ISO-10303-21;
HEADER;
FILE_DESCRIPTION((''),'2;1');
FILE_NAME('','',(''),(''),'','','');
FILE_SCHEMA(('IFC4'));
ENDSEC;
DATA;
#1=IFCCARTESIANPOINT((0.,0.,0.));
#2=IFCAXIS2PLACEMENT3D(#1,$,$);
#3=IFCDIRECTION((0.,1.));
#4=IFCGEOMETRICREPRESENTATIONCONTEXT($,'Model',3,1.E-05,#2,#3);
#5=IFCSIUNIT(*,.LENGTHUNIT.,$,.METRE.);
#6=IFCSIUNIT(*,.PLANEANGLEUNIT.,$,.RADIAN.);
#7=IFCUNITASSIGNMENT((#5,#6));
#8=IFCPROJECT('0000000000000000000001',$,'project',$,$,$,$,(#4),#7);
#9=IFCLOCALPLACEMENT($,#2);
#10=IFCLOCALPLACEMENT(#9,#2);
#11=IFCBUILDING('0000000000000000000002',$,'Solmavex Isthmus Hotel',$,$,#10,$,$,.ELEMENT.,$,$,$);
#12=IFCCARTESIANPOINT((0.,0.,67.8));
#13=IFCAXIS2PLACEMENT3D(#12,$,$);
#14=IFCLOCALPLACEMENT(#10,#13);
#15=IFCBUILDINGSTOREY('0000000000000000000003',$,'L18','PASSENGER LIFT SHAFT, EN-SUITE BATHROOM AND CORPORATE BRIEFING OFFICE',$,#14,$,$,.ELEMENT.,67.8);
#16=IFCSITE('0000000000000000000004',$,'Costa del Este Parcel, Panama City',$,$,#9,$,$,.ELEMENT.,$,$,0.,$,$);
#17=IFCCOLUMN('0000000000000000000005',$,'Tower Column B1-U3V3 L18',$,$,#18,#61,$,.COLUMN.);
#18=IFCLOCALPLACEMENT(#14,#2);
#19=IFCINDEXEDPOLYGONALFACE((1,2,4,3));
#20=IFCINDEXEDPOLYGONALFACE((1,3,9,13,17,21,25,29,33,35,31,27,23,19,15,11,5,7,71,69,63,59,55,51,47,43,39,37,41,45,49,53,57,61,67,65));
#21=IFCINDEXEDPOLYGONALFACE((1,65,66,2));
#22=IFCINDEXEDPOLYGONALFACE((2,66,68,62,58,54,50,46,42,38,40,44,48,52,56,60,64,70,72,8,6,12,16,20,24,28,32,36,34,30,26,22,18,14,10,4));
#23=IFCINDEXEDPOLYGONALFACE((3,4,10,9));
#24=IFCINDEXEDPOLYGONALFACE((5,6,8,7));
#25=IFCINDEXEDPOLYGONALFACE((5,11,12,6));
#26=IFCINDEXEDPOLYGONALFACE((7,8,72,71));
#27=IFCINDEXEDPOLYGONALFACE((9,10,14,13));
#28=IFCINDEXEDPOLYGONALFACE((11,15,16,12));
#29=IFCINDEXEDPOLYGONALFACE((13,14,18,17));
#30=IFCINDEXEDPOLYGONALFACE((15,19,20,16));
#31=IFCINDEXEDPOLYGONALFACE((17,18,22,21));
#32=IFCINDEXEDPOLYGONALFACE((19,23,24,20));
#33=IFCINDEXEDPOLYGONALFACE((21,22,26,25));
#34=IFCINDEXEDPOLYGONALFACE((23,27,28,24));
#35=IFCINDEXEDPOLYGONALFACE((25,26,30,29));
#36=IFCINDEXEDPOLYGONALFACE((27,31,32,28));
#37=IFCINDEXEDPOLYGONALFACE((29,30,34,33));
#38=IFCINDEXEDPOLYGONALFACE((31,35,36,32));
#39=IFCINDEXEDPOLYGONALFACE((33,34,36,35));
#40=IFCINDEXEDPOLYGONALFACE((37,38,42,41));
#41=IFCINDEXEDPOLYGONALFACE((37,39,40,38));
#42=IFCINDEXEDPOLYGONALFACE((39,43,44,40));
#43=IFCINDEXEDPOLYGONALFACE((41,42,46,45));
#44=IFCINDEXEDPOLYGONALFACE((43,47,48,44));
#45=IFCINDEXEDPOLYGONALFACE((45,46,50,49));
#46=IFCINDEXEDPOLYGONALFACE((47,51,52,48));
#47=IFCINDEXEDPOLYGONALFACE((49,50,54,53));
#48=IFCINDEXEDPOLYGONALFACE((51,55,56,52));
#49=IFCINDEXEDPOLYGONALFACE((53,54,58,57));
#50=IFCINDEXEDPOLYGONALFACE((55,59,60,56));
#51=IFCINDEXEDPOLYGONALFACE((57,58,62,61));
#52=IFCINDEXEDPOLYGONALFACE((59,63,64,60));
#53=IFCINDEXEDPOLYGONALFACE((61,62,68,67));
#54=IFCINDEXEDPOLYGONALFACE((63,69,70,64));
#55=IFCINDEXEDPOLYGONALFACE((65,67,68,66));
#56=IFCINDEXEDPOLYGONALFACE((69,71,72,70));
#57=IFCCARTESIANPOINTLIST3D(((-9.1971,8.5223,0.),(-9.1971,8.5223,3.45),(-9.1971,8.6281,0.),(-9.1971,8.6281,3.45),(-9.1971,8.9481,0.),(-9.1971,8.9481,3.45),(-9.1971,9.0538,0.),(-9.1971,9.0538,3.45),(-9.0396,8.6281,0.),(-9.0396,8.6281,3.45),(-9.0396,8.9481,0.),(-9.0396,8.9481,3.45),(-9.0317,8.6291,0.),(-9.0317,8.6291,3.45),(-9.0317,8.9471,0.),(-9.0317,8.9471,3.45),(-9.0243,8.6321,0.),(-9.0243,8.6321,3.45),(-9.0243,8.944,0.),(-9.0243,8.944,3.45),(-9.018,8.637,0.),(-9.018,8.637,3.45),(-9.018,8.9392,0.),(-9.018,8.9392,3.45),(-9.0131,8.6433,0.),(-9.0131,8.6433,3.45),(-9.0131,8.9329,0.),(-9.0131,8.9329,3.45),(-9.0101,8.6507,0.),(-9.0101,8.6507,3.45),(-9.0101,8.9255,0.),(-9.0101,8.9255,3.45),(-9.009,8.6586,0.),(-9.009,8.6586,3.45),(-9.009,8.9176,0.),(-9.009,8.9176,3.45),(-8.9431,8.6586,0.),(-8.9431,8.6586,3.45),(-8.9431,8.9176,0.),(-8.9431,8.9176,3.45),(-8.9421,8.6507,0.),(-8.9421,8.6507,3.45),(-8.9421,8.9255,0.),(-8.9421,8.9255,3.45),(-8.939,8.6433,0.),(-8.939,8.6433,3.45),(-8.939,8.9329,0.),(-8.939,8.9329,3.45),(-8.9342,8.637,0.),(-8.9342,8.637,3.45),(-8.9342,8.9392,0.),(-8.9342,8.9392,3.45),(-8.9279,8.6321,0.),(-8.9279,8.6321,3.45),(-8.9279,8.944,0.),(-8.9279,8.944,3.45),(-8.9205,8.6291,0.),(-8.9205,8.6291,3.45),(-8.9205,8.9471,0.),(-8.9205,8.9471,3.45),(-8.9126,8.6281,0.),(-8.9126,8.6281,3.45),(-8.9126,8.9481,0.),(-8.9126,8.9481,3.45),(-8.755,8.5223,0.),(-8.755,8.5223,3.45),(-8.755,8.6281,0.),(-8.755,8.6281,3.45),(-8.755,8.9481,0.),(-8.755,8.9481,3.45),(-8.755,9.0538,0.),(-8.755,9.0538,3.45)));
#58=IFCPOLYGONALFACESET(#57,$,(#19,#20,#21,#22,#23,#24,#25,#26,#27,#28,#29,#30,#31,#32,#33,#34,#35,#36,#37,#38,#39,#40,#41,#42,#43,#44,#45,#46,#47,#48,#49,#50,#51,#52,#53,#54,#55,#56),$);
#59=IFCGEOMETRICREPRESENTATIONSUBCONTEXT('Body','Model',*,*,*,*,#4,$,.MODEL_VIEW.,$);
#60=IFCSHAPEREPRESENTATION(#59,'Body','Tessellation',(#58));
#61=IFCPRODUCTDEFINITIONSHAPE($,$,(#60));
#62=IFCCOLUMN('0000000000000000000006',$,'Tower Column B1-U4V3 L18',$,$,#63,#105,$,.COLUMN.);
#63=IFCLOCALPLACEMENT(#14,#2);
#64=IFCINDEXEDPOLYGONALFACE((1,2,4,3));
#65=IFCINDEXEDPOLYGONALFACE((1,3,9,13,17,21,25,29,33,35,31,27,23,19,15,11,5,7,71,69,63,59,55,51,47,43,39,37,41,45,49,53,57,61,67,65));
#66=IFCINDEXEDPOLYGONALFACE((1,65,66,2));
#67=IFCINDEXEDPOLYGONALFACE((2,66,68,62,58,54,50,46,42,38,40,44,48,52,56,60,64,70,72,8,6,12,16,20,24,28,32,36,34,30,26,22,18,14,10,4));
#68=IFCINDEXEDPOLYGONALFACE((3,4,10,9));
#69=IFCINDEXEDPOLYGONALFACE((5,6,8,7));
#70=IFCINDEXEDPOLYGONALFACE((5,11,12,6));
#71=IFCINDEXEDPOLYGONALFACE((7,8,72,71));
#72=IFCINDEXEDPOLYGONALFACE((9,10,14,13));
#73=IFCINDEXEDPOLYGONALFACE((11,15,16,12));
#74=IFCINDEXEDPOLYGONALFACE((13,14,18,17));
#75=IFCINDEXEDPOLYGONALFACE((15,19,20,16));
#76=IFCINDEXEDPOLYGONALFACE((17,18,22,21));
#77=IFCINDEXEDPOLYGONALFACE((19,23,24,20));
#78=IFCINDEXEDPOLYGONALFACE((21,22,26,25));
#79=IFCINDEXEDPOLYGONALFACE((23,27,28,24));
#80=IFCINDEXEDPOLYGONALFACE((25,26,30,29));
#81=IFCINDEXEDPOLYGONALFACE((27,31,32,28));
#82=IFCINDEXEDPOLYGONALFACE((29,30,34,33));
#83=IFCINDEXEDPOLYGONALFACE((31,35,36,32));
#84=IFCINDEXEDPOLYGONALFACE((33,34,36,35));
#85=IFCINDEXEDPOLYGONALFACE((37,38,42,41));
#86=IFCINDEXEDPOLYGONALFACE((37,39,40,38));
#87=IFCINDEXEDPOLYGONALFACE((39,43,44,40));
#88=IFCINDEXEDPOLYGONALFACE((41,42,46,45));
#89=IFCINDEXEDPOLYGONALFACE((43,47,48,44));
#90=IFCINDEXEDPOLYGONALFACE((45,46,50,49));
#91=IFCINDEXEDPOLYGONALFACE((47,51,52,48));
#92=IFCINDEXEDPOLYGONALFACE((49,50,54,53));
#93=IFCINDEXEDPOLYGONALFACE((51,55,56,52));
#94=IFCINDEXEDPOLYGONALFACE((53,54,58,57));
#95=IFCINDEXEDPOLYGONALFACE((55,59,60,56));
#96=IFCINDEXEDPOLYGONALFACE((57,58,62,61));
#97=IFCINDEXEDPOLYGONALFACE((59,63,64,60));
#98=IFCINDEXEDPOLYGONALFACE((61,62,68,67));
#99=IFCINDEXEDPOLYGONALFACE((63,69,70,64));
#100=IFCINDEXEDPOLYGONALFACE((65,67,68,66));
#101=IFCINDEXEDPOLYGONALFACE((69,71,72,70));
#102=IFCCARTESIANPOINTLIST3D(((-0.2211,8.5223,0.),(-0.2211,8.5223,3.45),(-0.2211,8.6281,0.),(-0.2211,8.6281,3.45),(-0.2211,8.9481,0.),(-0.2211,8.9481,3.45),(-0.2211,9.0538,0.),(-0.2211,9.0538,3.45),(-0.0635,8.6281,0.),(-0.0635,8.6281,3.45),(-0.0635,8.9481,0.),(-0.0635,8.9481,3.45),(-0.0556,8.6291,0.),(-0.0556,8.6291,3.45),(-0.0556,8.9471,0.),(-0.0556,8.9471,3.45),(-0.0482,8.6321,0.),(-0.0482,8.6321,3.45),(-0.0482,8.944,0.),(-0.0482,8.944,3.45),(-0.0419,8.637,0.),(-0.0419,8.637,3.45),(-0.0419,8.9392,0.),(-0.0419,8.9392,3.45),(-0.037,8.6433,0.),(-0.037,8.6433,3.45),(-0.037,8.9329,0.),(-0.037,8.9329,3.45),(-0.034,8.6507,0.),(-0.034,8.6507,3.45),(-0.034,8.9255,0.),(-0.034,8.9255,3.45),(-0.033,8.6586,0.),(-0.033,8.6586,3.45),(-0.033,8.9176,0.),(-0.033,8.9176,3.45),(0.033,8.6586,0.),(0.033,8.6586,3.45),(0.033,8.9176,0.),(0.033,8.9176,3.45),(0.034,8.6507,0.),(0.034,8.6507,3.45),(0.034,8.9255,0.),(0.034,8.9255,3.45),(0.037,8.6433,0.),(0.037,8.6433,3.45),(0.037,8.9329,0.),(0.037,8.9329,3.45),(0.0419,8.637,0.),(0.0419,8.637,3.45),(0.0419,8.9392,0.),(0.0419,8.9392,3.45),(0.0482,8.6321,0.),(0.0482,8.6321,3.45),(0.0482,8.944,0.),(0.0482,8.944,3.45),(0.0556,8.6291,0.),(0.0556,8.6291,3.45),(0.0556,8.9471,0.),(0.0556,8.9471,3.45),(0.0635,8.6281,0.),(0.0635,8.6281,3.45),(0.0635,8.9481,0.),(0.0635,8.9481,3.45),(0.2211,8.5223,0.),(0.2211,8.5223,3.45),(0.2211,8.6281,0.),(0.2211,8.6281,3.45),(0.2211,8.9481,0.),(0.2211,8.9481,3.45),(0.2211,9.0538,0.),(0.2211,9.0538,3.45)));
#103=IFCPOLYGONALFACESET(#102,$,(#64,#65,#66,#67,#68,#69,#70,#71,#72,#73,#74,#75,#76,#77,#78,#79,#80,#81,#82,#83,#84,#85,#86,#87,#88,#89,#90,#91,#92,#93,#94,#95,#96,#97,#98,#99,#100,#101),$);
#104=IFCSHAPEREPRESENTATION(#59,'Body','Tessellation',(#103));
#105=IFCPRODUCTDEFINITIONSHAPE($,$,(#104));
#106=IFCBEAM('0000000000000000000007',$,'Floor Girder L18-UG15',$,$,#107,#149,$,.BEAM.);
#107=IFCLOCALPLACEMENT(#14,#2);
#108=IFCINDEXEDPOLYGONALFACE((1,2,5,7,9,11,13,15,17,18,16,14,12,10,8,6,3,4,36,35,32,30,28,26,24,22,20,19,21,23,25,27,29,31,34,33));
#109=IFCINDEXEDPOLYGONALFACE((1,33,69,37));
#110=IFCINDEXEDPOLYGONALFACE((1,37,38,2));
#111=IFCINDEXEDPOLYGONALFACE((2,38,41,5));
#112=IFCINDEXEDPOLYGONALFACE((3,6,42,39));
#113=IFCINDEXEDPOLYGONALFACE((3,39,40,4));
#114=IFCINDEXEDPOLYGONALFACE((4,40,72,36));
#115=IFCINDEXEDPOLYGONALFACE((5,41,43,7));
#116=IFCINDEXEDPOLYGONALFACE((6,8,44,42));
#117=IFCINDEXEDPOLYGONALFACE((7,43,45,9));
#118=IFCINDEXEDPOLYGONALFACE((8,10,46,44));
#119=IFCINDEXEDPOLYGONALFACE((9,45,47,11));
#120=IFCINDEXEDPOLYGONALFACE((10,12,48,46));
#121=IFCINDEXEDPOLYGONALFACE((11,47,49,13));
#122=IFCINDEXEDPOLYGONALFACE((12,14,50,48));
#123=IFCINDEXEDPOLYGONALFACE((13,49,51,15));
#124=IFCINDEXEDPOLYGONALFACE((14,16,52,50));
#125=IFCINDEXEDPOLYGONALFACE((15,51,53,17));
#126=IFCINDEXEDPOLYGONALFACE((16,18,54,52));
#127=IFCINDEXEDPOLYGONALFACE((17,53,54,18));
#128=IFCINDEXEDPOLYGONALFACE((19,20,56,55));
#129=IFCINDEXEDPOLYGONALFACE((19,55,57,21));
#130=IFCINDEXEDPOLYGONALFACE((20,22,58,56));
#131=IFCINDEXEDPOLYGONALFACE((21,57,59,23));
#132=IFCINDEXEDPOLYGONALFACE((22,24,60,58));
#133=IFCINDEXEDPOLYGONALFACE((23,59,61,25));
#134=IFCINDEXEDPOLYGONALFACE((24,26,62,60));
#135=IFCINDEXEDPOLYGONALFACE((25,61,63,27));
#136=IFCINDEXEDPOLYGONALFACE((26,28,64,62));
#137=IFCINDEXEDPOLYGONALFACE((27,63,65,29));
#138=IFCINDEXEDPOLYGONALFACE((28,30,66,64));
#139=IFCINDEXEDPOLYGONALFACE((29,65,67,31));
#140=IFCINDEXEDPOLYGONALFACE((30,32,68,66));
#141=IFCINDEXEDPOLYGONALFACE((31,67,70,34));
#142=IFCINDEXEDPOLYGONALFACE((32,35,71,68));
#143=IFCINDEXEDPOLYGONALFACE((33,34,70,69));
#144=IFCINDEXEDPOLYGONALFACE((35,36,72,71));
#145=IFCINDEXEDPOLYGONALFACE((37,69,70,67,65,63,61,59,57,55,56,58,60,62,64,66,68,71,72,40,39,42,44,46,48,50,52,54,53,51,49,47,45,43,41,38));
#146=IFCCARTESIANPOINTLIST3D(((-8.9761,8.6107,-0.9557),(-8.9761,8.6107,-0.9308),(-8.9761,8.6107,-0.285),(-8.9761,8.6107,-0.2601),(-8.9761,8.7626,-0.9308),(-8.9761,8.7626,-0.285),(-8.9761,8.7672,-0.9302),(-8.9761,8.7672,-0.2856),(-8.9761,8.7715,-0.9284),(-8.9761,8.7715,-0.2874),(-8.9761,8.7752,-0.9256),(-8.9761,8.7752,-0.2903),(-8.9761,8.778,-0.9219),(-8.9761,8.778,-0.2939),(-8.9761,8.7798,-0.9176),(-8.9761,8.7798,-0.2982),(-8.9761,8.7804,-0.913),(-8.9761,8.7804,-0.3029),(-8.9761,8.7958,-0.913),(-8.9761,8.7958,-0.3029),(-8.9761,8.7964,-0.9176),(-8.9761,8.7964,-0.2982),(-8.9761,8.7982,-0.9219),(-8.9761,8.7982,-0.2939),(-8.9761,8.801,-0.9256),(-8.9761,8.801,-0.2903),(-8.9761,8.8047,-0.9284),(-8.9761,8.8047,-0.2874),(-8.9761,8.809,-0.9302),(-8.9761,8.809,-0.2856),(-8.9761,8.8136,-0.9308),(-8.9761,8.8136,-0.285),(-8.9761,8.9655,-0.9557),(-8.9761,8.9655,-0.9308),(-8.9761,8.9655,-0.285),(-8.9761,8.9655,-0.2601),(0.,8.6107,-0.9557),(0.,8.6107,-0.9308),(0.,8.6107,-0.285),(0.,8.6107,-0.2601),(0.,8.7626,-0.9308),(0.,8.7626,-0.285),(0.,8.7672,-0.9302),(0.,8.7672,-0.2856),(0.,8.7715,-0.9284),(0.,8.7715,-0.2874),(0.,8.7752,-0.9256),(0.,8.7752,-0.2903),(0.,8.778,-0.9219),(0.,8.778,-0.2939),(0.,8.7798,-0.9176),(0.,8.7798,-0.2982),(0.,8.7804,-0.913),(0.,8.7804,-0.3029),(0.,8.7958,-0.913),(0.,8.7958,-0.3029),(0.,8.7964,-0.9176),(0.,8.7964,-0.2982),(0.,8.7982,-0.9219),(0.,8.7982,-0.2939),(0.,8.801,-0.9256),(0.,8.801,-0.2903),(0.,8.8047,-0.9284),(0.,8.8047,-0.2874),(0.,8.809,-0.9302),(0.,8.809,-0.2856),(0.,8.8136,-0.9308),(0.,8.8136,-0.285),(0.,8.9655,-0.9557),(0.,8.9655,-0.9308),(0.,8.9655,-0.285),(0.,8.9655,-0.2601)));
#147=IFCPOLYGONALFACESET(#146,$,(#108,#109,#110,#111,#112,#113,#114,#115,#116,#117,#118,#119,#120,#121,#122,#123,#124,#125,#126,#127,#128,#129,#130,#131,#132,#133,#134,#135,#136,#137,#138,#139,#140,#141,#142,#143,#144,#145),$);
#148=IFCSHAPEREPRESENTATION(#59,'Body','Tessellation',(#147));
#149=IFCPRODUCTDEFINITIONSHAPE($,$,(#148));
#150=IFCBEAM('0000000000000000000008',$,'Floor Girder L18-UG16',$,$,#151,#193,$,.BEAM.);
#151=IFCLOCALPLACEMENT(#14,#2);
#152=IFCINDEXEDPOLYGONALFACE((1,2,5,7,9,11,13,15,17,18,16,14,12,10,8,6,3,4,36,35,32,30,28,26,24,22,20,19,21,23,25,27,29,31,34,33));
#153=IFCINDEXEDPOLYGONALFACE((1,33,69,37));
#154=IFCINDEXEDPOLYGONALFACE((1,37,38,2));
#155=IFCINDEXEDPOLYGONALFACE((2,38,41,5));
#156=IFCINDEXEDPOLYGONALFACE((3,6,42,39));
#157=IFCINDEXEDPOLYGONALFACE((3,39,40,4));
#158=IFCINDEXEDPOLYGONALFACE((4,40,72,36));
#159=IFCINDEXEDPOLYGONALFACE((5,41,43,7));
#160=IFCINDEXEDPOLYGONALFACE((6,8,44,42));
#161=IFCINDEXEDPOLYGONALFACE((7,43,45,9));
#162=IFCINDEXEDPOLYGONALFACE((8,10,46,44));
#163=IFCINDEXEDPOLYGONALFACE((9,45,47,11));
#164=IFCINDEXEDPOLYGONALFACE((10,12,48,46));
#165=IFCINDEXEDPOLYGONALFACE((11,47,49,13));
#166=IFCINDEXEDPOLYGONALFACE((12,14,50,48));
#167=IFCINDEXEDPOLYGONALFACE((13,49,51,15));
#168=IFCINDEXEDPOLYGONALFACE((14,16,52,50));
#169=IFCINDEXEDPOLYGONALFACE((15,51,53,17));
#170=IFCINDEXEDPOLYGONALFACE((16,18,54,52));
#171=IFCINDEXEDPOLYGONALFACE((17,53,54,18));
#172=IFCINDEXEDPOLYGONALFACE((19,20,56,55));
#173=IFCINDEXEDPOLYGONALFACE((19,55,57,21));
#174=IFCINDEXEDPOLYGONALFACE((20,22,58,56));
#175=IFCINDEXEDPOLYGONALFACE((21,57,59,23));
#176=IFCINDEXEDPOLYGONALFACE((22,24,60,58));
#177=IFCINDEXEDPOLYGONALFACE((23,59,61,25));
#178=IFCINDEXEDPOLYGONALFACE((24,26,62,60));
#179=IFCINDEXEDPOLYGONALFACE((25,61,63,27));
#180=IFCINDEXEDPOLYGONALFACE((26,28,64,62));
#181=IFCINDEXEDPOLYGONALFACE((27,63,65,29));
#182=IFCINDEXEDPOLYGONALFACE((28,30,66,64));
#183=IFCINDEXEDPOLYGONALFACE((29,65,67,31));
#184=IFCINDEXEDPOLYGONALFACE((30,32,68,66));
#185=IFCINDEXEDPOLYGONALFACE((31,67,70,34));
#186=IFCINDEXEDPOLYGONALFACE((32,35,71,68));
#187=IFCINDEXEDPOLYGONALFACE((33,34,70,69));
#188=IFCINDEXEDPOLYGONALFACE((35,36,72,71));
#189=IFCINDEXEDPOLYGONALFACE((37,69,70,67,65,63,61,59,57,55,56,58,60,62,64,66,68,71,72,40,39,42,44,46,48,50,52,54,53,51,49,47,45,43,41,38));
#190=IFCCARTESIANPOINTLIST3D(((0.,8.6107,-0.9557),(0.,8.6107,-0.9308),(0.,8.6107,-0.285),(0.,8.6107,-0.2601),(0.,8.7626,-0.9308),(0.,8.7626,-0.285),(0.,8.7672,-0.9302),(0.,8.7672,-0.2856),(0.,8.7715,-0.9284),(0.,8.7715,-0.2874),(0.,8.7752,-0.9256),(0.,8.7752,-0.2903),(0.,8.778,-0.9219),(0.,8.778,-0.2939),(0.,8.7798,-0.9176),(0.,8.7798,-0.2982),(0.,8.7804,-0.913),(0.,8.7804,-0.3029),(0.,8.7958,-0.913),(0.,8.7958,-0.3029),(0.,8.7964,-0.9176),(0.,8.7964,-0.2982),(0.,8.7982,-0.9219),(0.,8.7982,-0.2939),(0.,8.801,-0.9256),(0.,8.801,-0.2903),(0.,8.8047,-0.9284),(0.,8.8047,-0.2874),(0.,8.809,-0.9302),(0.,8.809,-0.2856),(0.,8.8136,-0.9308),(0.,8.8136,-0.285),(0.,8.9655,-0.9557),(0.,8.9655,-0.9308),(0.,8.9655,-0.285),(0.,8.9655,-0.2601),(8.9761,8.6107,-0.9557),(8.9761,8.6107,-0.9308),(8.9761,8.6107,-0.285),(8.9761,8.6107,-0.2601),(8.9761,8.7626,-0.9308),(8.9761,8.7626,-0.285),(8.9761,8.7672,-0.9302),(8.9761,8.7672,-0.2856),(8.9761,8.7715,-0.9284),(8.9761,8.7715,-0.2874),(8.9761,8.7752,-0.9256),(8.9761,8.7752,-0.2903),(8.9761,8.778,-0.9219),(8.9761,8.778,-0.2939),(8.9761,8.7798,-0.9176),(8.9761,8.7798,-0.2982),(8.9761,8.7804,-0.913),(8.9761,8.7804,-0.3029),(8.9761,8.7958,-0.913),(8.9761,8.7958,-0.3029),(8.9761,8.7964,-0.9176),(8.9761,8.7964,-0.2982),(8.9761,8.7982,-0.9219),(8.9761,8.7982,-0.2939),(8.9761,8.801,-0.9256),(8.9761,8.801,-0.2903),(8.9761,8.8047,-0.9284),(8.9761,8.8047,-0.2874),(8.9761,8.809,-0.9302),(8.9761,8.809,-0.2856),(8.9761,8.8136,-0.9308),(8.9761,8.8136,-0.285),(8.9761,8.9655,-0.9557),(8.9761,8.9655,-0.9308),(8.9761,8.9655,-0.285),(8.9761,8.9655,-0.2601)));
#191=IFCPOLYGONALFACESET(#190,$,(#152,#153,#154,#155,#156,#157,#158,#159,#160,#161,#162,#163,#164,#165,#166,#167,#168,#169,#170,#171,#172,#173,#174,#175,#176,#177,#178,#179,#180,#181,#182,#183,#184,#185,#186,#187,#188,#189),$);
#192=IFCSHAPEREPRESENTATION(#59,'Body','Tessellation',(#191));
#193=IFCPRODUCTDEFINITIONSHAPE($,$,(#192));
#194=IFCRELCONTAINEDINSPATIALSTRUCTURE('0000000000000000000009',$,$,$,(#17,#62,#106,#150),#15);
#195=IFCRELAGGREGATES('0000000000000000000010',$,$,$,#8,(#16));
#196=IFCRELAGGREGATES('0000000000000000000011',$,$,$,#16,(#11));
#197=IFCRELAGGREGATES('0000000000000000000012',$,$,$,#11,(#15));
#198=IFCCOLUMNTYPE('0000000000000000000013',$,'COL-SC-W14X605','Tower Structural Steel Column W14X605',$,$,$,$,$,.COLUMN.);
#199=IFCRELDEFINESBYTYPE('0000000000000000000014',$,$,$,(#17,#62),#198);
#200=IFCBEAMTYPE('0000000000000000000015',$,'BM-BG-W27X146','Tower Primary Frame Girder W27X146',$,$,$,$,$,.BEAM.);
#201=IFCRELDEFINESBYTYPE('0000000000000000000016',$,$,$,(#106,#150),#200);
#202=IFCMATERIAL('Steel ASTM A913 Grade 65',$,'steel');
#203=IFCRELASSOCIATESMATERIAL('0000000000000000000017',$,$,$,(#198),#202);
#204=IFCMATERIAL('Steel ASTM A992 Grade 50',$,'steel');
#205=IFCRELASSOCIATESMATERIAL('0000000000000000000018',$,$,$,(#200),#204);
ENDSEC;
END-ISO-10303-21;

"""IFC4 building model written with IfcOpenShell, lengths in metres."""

from ifc_helpers import new_model, si_unit, direction, frame, origin, origin_2d, place, context, subcontext, project, spatial, i_section, extrude, material, material_profile, profile_set, type_object, element, save


model = new_model("IFC4")

# Units and contexts
model_context = context("Model", 3, precision=1e-05, world=origin(), true_north=direction((0.0, 1.0)))
body_context = subcontext(model_context, "Body", "Model", "MODEL_VIEW")
ifc_project = project(units=[si_unit("LENGTHUNIT", "METRE"), si_unit("PLANEANGLEUNIT", "RADIAN")], contexts=[model_context])

# Site, building, storey
site_placement = place(None, origin())
site = spatial("IfcSite", under=ifc_project, at=site_placement, Name="Costa del Este Parcel, Panama City", CompositionType="ELEMENT", RefElevation=0.0)
building_placement = place(site_placement, origin())
building = spatial("IfcBuilding", under=site, at=building_placement, Name="Solmavex Isthmus Hotel", CompositionType="ELEMENT")
storey_placement = place(building_placement, frame((0.0, 0.0, 67.8)))
storey = spatial("IfcBuildingStorey", under=building, at=storey_placement, Name="L18", Description="PASSENGER LIFT SHAFT, EN-SUITE BATHROOM AND CORPORATE BRIEFING OFFICE", CompositionType="ELEMENT", Elevation=67.8)

# Columns
ifc_material_1 = material(Name="Steel ASTM A913 Grade 65", Category="steel")
ifc_material_profile_1 = material_profile(ifc_material_1, i_section(OverallWidth=0.4421, OverallDepth=0.5315, WebThickness=0.0659, FlangeThickness=0.1057, FilletRadius=0.0305, at=origin_2d()), Name="W14X605")
ifc_profile_set_1 = profile_set([ifc_material_profile_1], Name="Steel ASTM A913 Grade 65")
column_type = type_object("IfcColumnType", Name="COL-SC-W14X605", Description="Tower Structural Steel Column W14X605", PredefinedType="COLUMN", material=ifc_profile_set_1)
for number, where, z_axis, x_axis, name in (
    (1, (-8.9761, 8.7881, 0.0), (0.0, 0.0, 1.0), (1.0, 0.0, 0.0), "Tower Column B1-U3V3 L18"),
    (2, (0.0, 8.7881, 0.0), (0.0, 0.0, 1.0), (1.0, 0.0, 0.0), "Tower Column B1-U4V3 L18"),
):
    element("IfcColumn", number, at=place(storey_placement, frame(where, z_axis=z_axis, x_axis=x_axis)), inside=storey, type_object=column_type, Name=name, PredefinedType="COLUMN", context=body_context, shape_type="SweptSolid", body=[
        extrude(i_section(OverallWidth=0.4421, OverallDepth=0.5315, WebThickness=0.0659, FlangeThickness=0.1057, FilletRadius=0.0305, at=origin_2d()), origin(), (0.0, 0.0, 1.0), 3.45),
    ])

# Beams
ifc_material_2 = material(Name="Steel ASTM A992 Grade 50", Category="steel")
ifc_material_profile_2 = material_profile(ifc_material_2, i_section(OverallWidth=0.3547, OverallDepth=0.6956, WebThickness=0.0154, FlangeThickness=0.0249, FilletRadius=0.0178, at=origin_2d()), Name="W27X146")
ifc_profile_set_2 = profile_set([ifc_material_profile_2], Name="Steel ASTM A992 Grade 50")
beam_type_1 = type_object("IfcBeamType", Name="BM-BG-W27X146", Description="Tower Primary Frame Girder W27X146", PredefinedType="BEAM", material=ifc_profile_set_2)
for number, where, z_axis, x_axis, name in (
    (3, (-8.9761, 8.7881, -0.6079), (1.0, 0.0, 0.0), (0.0, 1.0, 0.0), "Floor Girder L18-UG15"),
    (4, (0.0, 8.7881, -0.6079), (1.0, 0.0, 0.0), (0.0, 1.0, 0.0), "Floor Girder L18-UG16"),
):
    element("IfcBeam", number, at=place(storey_placement, frame(where, z_axis=z_axis, x_axis=x_axis)), inside=storey, type_object=beam_type_1, Name=name, PredefinedType="BEAM", context=body_context, shape_type="SweptSolid", body=[
        extrude(i_section(OverallWidth=0.3547, OverallDepth=0.6956, WebThickness=0.0154, FlangeThickness=0.0249, FilletRadius=0.0178, at=origin_2d()), origin(), (0.0, 0.0, 1.0), 8.9761),
    ])

save(model, "model.ifc")
